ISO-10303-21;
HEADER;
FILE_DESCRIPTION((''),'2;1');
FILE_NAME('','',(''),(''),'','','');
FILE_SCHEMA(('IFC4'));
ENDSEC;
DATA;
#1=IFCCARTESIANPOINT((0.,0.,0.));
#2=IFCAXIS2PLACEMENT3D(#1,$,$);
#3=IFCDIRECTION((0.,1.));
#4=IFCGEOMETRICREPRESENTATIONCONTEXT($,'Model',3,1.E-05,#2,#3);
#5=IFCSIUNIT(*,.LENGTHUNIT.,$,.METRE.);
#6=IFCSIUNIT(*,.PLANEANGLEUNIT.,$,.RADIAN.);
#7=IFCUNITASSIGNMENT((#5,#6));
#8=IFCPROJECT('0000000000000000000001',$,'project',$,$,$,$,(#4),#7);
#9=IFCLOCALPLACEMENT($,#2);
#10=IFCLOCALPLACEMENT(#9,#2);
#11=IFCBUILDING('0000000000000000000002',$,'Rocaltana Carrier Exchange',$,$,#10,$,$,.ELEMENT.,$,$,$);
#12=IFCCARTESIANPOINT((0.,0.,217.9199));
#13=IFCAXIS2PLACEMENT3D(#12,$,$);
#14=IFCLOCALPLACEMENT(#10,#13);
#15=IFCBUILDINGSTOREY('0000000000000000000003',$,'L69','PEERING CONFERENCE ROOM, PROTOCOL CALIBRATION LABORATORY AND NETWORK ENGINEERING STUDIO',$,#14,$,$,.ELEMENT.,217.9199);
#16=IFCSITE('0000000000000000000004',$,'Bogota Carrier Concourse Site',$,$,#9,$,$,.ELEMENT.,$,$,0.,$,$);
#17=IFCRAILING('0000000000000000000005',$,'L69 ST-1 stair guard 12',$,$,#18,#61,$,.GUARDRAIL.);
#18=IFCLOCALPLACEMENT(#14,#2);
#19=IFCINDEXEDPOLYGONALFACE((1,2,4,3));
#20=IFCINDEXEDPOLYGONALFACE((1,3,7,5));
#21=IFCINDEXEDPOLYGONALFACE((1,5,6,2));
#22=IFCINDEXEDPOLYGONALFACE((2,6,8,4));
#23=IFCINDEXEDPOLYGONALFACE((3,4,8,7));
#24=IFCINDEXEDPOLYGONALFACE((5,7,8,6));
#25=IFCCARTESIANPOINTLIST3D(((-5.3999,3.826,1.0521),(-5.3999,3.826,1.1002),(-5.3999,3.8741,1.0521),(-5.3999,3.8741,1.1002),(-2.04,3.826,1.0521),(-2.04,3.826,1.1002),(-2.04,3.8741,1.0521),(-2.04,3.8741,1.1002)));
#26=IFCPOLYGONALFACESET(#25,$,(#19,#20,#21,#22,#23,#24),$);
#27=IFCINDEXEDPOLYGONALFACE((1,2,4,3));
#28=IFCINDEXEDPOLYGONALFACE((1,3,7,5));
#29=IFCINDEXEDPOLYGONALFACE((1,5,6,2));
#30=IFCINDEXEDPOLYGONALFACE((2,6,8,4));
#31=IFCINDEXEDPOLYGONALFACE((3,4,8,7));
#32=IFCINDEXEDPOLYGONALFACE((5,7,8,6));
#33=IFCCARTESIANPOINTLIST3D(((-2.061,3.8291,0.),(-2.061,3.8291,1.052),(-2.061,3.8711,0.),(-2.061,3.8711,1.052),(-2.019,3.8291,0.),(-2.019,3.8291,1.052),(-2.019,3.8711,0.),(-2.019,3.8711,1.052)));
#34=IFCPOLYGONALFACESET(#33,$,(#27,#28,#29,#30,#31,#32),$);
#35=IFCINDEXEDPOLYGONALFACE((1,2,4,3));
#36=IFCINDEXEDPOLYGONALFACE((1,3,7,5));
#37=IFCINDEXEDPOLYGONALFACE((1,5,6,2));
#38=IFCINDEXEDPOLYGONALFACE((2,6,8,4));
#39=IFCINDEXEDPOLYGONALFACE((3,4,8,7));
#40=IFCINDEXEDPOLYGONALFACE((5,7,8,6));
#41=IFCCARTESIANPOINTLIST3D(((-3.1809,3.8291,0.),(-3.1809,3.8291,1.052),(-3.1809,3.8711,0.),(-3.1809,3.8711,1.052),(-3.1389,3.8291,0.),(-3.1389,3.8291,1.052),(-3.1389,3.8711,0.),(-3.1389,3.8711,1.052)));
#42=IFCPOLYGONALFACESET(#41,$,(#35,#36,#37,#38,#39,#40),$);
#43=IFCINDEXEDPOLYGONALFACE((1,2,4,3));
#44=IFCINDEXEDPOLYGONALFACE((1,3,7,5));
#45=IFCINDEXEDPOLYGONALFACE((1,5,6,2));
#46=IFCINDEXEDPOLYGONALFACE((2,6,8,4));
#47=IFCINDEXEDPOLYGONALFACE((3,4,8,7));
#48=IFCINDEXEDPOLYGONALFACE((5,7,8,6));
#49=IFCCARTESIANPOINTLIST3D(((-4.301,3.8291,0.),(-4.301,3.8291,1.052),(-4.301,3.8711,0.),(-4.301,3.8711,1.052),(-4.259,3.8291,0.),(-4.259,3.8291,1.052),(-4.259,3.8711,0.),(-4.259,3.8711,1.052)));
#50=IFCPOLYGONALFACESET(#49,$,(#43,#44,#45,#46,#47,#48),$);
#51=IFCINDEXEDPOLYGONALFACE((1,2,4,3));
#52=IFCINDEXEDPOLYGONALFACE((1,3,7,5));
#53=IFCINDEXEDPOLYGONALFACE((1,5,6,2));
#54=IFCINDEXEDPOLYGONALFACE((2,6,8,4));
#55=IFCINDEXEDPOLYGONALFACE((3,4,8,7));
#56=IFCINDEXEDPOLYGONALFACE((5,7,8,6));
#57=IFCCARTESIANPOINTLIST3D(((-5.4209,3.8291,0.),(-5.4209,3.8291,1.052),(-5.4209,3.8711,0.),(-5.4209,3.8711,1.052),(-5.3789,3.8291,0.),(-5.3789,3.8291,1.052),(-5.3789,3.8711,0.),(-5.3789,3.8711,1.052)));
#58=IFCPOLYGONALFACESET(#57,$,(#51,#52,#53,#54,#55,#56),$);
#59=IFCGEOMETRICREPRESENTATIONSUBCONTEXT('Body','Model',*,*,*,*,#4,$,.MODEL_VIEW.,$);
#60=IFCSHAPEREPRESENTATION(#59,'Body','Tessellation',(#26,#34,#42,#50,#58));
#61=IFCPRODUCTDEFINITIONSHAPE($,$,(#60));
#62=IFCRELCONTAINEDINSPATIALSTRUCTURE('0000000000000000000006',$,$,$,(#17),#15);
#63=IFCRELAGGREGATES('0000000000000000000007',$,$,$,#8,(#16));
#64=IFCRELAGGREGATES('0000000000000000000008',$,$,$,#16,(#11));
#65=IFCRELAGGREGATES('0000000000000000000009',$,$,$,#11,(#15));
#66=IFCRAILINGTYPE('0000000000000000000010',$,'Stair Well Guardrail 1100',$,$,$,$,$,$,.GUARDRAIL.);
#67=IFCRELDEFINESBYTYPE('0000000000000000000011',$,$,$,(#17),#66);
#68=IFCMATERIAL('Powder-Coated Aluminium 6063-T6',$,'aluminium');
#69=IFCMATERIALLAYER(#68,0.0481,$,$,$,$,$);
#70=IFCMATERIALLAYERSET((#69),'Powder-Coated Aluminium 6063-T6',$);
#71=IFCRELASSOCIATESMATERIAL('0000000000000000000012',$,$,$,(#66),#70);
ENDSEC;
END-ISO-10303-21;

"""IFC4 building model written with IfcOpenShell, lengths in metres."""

from ifc_helpers import new_model, si_unit, direction, frame, origin, origin_2d, place, context, subcontext, project, spatial, rectangle, extrude, material, layer, layer_set, type_object, element, save


model = new_model("IFC4")

# Units and contexts
model_context = context("Model", 3, precision=1e-05, world=origin(), true_north=direction((0.0, 1.0)))
body_context = subcontext(model_context, "Body", "Model", "MODEL_VIEW")
ifc_project = project(units=[si_unit("LENGTHUNIT", "METRE"), si_unit("PLANEANGLEUNIT", "RADIAN")], contexts=[model_context])

# Site, building, storey
site_placement = place(None, origin())
site = spatial("IfcSite", under=ifc_project, at=site_placement, Name="Bogota Carrier Concourse Site", CompositionType="ELEMENT", RefElevation=0.0)
building_placement = place(site_placement, origin())
building = spatial("IfcBuilding", under=site, at=building_placement, Name="Rocaltana Carrier Exchange", CompositionType="ELEMENT")
storey_placement = place(building_placement, frame((0.0, 0.0, 217.9199)))
storey = spatial("IfcBuildingStorey", under=building, at=storey_placement, Name="L69", Description="PEERING CONFERENCE ROOM, PROTOCOL CALIBRATION LABORATORY AND NETWORK ENGINEERING STUDIO", CompositionType="ELEMENT", Elevation=217.9199)

# Railing
ifc_material_1 = material(Name="Powder-Coated Aluminium 6063-T6", Category="aluminium")
ifc_layer_1 = layer(ifc_material_1, 0.0481)
ifc_layer_set_1 = layer_set([ifc_layer_1], Name="Powder-Coated Aluminium 6063-T6")
railing_type = type_object("IfcRailingType", Name="Stair Well Guardrail 1100", PredefinedType="GUARDRAIL", material=ifc_layer_set_1)
railing_1_placement = place(storey_placement, frame((-2.04, 3.8501, 0.0)))
element("IfcRailing", 1, at=railing_1_placement, inside=storey, type_object=railing_type, Name="L69 ST-1 stair guard 12", PredefinedType="GUARDRAIL", context=body_context, shape_type="SweptSolid", body=[
    extrude(rectangle(XDim=0.0481, YDim=0.0481, at=origin_2d()), frame((0.0, 0.0, 1.0762), z_axis=(-1.0, 0.0, 0.0), x_axis=(0.0, -1.0, 0.0)), (0.0, 0.0, 1.0), 3.3599),
    extrude(rectangle(XDim=0.042, YDim=0.042, at=origin_2d()), origin(), (0.0, 0.0, 1.0), 1.052),
    extrude(rectangle(XDim=0.042, YDim=0.042, at=origin_2d()), frame((-1.1199, 0.0, 0.0)), (0.0, 0.0, 1.0), 1.052),
    extrude(rectangle(XDim=0.042, YDim=0.042, at=origin_2d()), frame((-2.24, 0.0, 0.0)), (0.0, 0.0, 1.0), 1.052),
    extrude(rectangle(XDim=0.042, YDim=0.042, at=origin_2d()), frame((-3.3599, 0.0, 0.0)), (0.0, 0.0, 1.0), 1.052),
])

save(model, "model.ifc")
